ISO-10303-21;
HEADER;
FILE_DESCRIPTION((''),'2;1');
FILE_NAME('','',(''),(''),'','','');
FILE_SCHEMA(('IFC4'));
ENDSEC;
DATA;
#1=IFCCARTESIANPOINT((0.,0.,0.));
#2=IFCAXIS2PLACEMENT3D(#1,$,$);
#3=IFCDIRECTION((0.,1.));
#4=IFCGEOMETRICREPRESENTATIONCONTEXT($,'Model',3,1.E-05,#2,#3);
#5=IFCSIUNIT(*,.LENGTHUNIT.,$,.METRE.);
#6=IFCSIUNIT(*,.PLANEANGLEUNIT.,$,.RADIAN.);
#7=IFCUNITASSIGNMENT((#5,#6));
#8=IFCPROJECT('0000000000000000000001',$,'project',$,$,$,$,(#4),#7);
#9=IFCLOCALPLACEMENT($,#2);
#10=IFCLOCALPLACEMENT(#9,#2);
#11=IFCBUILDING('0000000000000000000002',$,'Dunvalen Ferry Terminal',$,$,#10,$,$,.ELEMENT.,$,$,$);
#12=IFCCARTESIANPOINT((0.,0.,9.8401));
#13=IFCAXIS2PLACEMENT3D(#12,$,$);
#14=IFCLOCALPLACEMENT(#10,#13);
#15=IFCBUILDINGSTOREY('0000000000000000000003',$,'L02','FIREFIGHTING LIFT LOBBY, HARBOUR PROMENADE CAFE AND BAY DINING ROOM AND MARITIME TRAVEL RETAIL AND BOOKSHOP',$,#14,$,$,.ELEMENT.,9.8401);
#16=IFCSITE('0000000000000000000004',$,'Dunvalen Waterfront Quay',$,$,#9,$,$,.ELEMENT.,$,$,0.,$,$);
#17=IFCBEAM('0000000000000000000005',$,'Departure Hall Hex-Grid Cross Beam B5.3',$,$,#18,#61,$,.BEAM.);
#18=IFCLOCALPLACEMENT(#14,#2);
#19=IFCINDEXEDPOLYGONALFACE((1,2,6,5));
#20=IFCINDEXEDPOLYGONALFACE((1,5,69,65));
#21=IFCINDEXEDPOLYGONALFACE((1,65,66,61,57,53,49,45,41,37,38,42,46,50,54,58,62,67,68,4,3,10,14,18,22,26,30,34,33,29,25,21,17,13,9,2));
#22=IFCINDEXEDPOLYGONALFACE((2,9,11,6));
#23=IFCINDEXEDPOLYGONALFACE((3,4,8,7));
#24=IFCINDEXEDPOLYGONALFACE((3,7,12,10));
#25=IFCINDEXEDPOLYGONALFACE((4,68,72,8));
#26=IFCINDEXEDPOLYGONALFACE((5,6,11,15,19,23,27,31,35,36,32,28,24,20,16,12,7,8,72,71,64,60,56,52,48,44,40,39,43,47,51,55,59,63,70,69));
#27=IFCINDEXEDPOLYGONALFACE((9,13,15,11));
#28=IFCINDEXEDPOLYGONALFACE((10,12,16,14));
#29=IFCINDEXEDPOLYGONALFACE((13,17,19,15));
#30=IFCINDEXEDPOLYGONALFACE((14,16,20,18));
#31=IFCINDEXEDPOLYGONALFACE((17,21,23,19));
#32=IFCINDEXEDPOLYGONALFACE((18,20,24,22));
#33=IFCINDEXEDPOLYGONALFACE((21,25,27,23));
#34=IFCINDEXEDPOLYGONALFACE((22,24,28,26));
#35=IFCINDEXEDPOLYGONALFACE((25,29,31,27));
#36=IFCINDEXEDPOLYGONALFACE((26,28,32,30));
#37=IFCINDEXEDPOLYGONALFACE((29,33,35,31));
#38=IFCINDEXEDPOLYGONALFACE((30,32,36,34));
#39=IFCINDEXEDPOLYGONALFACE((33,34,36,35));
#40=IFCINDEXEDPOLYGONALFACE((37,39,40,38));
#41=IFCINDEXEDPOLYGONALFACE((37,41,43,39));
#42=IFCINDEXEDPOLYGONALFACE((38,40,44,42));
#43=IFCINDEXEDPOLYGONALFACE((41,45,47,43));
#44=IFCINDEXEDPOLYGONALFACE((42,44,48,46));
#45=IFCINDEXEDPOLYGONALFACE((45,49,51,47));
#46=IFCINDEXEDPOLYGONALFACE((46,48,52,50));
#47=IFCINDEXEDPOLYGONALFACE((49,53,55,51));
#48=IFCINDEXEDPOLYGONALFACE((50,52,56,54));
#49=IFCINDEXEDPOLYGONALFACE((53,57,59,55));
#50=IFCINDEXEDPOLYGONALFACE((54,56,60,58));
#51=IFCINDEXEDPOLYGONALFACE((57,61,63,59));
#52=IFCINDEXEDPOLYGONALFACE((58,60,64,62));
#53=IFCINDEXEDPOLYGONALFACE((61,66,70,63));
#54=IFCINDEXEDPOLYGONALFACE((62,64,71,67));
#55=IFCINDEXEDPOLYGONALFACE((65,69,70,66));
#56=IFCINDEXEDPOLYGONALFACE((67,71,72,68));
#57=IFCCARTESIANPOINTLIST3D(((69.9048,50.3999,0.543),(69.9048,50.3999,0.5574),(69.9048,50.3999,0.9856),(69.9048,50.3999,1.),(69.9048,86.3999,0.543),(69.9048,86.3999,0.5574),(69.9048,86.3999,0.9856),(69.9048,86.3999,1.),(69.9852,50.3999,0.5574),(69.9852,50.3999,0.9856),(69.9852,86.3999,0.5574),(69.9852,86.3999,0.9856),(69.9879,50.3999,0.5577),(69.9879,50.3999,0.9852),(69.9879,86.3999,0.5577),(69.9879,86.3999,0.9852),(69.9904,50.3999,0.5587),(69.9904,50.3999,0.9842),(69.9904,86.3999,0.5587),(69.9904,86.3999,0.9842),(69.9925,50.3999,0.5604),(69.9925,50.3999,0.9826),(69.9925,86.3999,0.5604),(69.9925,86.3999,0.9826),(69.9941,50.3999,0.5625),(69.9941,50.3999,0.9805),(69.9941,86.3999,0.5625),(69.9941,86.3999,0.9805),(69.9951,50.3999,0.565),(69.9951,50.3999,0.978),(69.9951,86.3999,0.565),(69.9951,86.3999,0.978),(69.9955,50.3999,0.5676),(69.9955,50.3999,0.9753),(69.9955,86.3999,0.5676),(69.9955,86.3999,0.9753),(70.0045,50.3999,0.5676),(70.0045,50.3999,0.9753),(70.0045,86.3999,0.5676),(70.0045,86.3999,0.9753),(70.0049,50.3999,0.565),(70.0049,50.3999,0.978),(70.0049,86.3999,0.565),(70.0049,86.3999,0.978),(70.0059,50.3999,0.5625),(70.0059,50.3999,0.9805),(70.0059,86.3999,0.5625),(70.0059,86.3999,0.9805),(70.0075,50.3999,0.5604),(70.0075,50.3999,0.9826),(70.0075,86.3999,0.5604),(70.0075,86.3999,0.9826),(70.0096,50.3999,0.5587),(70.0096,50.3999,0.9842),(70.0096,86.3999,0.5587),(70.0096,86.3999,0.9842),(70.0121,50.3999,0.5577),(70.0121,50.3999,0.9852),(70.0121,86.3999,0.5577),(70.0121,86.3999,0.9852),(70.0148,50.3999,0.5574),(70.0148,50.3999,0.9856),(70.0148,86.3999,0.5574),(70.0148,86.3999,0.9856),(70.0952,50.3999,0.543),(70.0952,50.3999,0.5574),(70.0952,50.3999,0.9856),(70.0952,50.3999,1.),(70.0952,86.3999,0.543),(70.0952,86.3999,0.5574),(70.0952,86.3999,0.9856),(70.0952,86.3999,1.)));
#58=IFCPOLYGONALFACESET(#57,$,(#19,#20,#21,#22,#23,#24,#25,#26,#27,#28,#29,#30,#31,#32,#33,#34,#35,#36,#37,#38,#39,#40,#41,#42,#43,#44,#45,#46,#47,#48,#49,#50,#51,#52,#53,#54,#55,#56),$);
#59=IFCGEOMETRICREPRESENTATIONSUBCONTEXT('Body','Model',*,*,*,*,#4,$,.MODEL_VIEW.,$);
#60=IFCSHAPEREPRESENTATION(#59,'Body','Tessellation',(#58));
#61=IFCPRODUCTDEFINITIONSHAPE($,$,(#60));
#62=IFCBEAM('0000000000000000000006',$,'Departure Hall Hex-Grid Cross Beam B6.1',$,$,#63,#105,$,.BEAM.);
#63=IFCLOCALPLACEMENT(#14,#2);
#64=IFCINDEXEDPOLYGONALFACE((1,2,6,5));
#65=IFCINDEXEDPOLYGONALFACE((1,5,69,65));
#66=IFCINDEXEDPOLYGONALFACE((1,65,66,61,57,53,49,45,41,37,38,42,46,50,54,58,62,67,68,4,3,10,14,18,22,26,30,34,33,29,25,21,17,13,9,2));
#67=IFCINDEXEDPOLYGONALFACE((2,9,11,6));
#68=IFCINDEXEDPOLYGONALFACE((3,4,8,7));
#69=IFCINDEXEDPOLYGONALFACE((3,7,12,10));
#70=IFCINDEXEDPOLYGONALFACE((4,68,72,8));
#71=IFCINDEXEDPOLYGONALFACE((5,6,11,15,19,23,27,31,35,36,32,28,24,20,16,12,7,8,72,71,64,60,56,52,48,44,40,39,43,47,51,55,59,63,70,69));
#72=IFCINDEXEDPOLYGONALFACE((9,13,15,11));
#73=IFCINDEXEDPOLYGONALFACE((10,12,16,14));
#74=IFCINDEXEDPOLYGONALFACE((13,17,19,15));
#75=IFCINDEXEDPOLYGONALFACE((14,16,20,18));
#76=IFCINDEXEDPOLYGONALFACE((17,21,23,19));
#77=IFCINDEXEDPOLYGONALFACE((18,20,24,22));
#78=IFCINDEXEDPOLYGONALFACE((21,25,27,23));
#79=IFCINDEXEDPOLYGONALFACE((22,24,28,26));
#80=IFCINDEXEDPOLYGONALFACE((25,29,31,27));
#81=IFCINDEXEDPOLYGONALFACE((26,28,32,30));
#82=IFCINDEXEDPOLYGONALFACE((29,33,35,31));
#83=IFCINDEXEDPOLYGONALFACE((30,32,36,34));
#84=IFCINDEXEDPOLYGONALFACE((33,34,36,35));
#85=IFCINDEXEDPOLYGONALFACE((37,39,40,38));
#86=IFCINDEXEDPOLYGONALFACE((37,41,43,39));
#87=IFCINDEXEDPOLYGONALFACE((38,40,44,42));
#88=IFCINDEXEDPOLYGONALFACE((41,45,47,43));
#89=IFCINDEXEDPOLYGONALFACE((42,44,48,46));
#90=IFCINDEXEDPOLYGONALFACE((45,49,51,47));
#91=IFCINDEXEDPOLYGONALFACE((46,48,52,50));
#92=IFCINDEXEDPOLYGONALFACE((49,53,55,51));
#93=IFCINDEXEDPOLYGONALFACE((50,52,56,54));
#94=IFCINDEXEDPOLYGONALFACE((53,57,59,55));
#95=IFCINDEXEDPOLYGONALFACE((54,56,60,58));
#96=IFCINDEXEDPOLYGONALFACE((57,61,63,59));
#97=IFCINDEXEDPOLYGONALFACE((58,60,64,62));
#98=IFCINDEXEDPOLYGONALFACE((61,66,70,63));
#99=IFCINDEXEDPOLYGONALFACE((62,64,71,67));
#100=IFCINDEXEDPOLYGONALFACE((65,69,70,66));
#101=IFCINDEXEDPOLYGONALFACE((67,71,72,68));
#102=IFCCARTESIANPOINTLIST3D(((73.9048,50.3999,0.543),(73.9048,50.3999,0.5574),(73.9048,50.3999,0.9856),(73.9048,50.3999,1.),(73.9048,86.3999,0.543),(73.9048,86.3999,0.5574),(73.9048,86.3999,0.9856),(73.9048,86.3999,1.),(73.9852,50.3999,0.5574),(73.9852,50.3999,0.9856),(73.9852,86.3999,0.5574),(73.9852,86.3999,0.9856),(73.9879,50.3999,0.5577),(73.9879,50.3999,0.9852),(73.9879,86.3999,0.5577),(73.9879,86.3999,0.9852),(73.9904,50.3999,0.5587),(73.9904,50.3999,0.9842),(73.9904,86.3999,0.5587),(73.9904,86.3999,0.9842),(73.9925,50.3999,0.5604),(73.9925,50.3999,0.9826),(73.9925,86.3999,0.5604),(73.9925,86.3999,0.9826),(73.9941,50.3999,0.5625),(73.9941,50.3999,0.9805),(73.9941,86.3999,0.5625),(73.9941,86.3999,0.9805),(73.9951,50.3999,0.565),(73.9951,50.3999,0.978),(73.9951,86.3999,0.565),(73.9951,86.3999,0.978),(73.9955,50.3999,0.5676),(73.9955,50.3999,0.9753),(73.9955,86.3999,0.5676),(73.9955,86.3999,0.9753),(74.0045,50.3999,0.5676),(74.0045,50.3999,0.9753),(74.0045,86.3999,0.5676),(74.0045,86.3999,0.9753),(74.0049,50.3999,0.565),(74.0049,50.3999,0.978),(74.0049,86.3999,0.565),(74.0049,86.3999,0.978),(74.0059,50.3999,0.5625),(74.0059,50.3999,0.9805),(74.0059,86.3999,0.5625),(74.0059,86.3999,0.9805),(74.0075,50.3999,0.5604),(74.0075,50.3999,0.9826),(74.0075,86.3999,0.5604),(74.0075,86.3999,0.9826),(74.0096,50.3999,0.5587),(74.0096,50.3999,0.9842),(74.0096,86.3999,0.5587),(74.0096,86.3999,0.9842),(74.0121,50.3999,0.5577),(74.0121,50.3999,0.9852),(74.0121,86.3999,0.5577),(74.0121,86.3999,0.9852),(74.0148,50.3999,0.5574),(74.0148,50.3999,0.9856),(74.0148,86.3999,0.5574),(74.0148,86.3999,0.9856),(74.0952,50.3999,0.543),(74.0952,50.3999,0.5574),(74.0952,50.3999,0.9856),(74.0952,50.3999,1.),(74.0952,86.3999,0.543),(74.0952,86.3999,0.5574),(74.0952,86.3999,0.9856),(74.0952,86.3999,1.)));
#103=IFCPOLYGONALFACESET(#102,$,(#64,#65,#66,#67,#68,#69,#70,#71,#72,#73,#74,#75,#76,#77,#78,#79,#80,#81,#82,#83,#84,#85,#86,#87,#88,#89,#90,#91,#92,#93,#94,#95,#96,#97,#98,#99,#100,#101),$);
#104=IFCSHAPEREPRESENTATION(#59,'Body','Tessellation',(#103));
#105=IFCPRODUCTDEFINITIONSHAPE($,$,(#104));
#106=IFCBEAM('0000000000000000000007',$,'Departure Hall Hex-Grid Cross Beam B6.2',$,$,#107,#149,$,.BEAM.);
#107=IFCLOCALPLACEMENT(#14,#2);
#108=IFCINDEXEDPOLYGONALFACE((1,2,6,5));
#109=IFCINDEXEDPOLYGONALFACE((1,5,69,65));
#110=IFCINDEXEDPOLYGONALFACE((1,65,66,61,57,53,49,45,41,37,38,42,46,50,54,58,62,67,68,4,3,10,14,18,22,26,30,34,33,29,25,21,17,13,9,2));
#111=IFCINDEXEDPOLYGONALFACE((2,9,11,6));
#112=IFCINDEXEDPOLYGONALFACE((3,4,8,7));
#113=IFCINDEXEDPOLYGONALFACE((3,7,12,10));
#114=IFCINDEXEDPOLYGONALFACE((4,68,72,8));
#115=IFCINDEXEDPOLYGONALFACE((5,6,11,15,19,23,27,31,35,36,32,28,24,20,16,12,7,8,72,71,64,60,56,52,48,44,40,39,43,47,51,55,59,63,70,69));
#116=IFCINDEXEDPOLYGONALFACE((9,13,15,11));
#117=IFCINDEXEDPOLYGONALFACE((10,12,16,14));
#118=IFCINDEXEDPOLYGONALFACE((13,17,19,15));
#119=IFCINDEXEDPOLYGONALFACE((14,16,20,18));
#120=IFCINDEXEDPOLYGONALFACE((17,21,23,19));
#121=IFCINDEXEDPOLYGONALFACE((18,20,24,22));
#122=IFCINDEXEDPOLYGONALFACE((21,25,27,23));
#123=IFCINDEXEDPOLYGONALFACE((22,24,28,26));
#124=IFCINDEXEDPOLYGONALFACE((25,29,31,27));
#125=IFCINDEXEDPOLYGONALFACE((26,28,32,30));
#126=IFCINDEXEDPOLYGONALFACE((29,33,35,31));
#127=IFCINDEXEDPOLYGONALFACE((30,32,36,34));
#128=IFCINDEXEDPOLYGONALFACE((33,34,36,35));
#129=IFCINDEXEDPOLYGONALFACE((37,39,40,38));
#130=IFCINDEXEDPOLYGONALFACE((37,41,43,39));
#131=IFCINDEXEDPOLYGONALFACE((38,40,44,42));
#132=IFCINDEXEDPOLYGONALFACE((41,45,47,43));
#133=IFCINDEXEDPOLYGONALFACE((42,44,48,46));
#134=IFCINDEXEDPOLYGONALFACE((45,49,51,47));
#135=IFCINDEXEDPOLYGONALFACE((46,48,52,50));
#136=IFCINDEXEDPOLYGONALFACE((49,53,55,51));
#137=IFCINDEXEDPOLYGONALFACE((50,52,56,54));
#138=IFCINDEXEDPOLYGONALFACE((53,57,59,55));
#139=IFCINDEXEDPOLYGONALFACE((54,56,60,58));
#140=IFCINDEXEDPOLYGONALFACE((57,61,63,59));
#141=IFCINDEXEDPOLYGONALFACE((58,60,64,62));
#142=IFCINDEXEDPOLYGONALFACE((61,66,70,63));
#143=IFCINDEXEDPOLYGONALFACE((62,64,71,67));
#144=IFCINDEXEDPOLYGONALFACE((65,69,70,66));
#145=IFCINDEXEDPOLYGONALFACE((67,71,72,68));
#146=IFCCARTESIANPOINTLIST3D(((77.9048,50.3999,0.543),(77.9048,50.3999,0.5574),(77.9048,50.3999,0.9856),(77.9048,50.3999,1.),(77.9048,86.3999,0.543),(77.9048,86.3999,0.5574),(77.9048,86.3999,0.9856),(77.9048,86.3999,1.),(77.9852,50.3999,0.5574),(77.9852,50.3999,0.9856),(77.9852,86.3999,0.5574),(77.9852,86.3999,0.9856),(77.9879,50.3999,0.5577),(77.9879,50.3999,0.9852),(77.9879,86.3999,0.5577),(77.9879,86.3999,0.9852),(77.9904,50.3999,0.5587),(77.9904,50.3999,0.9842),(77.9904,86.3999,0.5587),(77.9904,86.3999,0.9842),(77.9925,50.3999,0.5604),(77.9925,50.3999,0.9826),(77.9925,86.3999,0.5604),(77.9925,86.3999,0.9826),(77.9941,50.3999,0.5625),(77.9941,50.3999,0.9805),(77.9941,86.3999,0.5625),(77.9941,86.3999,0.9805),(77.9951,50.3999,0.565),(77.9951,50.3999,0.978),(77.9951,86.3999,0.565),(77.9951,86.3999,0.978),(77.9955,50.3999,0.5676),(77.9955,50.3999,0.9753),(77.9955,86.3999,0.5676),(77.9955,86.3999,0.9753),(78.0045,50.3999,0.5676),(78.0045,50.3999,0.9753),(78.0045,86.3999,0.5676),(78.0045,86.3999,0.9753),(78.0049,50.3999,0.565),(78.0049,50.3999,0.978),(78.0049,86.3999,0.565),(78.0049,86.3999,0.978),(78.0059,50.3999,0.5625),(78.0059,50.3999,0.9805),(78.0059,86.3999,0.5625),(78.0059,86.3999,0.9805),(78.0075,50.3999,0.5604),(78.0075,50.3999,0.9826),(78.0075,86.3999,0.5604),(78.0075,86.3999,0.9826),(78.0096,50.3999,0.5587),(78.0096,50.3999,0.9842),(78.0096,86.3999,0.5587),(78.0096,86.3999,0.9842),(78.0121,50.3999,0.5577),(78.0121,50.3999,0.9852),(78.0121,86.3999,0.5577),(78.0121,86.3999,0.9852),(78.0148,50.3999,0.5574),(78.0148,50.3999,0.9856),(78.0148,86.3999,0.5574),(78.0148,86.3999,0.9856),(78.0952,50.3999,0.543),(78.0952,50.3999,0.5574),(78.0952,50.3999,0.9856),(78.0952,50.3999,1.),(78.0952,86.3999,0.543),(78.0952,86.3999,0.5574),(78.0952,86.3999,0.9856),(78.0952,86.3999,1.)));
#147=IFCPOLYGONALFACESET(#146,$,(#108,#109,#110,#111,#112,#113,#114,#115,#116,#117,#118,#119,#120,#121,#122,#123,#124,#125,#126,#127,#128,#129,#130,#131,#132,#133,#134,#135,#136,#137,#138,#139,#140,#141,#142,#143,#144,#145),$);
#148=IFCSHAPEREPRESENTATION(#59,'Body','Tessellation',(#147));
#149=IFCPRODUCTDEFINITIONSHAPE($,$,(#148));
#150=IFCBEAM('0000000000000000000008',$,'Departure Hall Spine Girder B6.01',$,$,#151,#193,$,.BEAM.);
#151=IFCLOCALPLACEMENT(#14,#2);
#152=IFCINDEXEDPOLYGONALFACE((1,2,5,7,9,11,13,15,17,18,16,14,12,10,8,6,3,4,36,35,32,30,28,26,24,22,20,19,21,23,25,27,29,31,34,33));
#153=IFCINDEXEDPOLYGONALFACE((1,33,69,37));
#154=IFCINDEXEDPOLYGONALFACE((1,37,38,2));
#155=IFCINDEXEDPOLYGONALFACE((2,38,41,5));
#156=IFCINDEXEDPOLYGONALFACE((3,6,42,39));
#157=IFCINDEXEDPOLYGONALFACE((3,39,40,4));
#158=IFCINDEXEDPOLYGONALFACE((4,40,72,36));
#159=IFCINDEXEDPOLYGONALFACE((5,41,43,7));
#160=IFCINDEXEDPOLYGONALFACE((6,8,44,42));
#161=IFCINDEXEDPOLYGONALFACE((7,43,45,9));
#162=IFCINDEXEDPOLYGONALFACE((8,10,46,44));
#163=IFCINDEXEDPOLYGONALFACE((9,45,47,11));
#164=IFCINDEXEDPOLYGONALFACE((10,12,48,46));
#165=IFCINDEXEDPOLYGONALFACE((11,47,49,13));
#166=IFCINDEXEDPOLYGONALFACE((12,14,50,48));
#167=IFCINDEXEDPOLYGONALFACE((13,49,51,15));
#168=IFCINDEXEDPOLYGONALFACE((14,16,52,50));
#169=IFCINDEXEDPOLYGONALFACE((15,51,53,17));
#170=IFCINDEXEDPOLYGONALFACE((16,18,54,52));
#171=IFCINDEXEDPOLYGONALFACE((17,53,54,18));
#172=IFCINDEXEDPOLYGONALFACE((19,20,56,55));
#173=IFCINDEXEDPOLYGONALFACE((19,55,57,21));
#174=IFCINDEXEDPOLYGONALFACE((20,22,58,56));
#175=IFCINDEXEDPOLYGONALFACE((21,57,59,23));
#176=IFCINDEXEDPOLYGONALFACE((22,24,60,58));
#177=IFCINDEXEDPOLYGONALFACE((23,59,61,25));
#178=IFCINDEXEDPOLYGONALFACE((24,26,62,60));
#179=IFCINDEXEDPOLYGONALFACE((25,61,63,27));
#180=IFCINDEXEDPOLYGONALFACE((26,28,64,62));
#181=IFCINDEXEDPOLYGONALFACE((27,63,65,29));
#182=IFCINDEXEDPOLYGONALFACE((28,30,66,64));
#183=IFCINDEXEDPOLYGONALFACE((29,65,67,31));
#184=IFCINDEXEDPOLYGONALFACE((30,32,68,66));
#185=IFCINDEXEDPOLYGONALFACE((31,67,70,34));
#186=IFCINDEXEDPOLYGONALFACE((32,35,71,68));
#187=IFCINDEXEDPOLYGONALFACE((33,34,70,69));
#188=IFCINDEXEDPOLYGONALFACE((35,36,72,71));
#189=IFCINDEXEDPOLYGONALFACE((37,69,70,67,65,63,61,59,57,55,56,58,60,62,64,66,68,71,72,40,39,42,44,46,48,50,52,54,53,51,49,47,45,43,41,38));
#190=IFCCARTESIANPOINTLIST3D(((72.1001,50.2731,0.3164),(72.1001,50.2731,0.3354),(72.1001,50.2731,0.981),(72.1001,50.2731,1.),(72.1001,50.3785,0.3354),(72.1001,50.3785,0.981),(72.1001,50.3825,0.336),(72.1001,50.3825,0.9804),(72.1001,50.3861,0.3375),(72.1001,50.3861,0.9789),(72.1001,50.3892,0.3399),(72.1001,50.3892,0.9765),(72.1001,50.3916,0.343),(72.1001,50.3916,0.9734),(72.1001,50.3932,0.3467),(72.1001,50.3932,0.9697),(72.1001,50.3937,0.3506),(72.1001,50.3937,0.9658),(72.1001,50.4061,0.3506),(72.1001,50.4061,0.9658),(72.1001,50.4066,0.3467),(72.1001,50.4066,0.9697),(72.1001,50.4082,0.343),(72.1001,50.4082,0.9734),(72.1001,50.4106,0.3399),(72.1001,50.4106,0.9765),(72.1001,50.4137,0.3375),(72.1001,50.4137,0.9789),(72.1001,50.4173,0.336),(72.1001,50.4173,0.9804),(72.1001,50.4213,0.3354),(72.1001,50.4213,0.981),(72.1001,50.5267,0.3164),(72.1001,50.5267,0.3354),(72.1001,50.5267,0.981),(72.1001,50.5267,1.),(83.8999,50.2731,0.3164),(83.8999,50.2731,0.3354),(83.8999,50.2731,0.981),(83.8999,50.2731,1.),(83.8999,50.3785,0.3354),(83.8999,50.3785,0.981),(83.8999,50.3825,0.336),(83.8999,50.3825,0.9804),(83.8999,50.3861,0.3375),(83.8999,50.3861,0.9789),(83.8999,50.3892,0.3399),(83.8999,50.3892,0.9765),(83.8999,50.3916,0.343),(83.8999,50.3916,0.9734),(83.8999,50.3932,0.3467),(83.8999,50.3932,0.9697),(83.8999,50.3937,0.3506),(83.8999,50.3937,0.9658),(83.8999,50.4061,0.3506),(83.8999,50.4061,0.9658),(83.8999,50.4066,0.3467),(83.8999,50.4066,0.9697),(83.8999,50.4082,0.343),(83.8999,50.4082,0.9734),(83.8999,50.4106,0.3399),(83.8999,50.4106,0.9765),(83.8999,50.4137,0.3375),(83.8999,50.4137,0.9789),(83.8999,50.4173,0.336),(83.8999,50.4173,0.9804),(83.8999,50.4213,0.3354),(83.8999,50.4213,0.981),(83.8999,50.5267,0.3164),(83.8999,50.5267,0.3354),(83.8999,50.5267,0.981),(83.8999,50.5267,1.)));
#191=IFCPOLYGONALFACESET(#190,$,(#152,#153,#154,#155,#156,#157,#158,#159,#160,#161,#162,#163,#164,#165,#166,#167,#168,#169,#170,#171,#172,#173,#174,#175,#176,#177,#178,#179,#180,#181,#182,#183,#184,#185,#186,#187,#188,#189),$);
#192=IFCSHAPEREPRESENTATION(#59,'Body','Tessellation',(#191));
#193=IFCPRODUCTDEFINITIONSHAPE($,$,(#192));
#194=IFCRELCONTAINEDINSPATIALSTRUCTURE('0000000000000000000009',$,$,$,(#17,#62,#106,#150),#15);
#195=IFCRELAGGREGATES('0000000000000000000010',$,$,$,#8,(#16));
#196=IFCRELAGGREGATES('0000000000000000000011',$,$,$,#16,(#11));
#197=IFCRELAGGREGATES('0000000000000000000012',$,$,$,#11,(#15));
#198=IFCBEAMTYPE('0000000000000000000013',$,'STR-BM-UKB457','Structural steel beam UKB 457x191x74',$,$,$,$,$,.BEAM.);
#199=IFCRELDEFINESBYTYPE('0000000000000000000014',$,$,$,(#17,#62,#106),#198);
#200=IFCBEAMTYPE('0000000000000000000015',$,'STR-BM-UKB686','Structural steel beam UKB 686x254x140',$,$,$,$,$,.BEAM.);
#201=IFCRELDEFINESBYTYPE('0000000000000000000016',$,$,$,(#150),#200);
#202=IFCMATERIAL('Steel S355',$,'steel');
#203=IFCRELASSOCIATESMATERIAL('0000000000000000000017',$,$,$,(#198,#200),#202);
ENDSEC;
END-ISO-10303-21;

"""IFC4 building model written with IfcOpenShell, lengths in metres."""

from ifc_helpers import new_model, si_unit, direction, frame, origin, origin_2d, place, context, subcontext, project, spatial, i_section, extrude, material, material_profile, profile_set, type_object, element, save


model = new_model("IFC4")

# Units and contexts
model_context = context("Model", 3, precision=1e-05, world=origin(), true_north=direction((0.0, 1.0)))
body_context = subcontext(model_context, "Body", "Model", "MODEL_VIEW")
ifc_project = project(units=[si_unit("LENGTHUNIT", "METRE"), si_unit("PLANEANGLEUNIT", "RADIAN")], contexts=[model_context])

# Site, building, storey
site_placement = place(None, origin())
site = spatial("IfcSite", under=ifc_project, at=site_placement, Name="Dunvalen Waterfront Quay", CompositionType="ELEMENT", RefElevation=0.0)
building_placement = place(site_placement, origin())
building = spatial("IfcBuilding", under=site, at=building_placement, Name="Dunvalen Ferry Terminal", CompositionType="ELEMENT")
storey_placement = place(building_placement, frame((0.0, 0.0, 9.8401)))
storey = spatial("IfcBuildingStorey", under=building, at=storey_placement, Name="L02", Description="FIREFIGHTING LIFT LOBBY, HARBOUR PROMENADE CAFE AND BAY DINING ROOM AND MARITIME TRAVEL RETAIL AND BOOKSHOP", CompositionType="ELEMENT", Elevation=9.8401)

# Beams
ifc_material_1 = material(Name="Steel S355", Category="steel")
ifc_material_profile_1 = material_profile(ifc_material_1, i_section(OverallWidth=0.1904, OverallDepth=0.457, WebThickness=0.009, FlangeThickness=0.0144, FilletRadius=0.0103, at=origin_2d()), Name="Steel S355")
ifc_profile_set_1 = profile_set([ifc_material_profile_1], Name="Steel S355")
beam_type_1 = type_object("IfcBeamType", Name="STR-BM-UKB457", Description="Structural steel beam UKB 457x191x74", PredefinedType="BEAM", material=ifc_profile_set_1)
for number, where, z_axis, x_axis, name in (
    (1, (70.0, 50.3999, 0.7715), (0.0, 1.0, 0.0), (-1.0, 0.0, 0.0), "Departure Hall Hex-Grid Cross Beam B5.3"),
    (2, (74.0, 50.3999, 0.7715), (0.0, 1.0, 0.0), (-1.0, 0.0, 0.0), "Departure Hall Hex-Grid Cross Beam B6.1"),
    (3, (78.0, 50.3999, 0.7715), (0.0, 1.0, 0.0), (-1.0, 0.0, 0.0), "Departure Hall Hex-Grid Cross Beam B6.2"),
):
    element("IfcBeam", number, at=place(storey_placement, frame(where, z_axis=z_axis, x_axis=x_axis)), inside=storey, type_object=beam_type_1, Name=name, PredefinedType="BEAM", context=body_context, shape_type="SweptSolid", body=[
        extrude(i_section(OverallWidth=0.1904, OverallDepth=0.457, WebThickness=0.009, FlangeThickness=0.0144, FilletRadius=0.0103, at=origin_2d()), origin(), (0.0, 0.0, 1.0), 36.0),
    ])
ifc_material_profile_2 = material_profile(ifc_material_1, i_section(OverallWidth=0.2537, OverallDepth=0.6836, WebThickness=0.0125, FlangeThickness=0.019, FilletRadius=0.0151, at=origin_2d()), Name="Steel S355")
ifc_profile_set_2 = profile_set([ifc_material_profile_2], Name="Steel S355")
beam_type_2 = type_object("IfcBeamType", Name="STR-BM-UKB686", Description="Structural steel beam UKB 686x254x140", PredefinedType="BEAM", material=ifc_profile_set_2)
beam_1_placement = place(storey_placement, frame((72.1001, 50.3999, 0.6582), z_axis=(1.0, 0.0, 0.0), x_axis=(0.0, 1.0, 0.0)))
element("IfcBeam", 4, at=beam_1_placement, inside=storey, type_object=beam_type_2, Name="Departure Hall Spine Girder B6.01", PredefinedType="BEAM", context=body_context, shape_type="SweptSolid", body=[
    extrude(i_section(OverallWidth=0.2537, OverallDepth=0.6836, WebThickness=0.0125, FlangeThickness=0.019, FilletRadius=0.0151, at=origin_2d()), origin(), (0.0, 0.0, 1.0), 11.7998),
])

save(model, "model.ifc")
